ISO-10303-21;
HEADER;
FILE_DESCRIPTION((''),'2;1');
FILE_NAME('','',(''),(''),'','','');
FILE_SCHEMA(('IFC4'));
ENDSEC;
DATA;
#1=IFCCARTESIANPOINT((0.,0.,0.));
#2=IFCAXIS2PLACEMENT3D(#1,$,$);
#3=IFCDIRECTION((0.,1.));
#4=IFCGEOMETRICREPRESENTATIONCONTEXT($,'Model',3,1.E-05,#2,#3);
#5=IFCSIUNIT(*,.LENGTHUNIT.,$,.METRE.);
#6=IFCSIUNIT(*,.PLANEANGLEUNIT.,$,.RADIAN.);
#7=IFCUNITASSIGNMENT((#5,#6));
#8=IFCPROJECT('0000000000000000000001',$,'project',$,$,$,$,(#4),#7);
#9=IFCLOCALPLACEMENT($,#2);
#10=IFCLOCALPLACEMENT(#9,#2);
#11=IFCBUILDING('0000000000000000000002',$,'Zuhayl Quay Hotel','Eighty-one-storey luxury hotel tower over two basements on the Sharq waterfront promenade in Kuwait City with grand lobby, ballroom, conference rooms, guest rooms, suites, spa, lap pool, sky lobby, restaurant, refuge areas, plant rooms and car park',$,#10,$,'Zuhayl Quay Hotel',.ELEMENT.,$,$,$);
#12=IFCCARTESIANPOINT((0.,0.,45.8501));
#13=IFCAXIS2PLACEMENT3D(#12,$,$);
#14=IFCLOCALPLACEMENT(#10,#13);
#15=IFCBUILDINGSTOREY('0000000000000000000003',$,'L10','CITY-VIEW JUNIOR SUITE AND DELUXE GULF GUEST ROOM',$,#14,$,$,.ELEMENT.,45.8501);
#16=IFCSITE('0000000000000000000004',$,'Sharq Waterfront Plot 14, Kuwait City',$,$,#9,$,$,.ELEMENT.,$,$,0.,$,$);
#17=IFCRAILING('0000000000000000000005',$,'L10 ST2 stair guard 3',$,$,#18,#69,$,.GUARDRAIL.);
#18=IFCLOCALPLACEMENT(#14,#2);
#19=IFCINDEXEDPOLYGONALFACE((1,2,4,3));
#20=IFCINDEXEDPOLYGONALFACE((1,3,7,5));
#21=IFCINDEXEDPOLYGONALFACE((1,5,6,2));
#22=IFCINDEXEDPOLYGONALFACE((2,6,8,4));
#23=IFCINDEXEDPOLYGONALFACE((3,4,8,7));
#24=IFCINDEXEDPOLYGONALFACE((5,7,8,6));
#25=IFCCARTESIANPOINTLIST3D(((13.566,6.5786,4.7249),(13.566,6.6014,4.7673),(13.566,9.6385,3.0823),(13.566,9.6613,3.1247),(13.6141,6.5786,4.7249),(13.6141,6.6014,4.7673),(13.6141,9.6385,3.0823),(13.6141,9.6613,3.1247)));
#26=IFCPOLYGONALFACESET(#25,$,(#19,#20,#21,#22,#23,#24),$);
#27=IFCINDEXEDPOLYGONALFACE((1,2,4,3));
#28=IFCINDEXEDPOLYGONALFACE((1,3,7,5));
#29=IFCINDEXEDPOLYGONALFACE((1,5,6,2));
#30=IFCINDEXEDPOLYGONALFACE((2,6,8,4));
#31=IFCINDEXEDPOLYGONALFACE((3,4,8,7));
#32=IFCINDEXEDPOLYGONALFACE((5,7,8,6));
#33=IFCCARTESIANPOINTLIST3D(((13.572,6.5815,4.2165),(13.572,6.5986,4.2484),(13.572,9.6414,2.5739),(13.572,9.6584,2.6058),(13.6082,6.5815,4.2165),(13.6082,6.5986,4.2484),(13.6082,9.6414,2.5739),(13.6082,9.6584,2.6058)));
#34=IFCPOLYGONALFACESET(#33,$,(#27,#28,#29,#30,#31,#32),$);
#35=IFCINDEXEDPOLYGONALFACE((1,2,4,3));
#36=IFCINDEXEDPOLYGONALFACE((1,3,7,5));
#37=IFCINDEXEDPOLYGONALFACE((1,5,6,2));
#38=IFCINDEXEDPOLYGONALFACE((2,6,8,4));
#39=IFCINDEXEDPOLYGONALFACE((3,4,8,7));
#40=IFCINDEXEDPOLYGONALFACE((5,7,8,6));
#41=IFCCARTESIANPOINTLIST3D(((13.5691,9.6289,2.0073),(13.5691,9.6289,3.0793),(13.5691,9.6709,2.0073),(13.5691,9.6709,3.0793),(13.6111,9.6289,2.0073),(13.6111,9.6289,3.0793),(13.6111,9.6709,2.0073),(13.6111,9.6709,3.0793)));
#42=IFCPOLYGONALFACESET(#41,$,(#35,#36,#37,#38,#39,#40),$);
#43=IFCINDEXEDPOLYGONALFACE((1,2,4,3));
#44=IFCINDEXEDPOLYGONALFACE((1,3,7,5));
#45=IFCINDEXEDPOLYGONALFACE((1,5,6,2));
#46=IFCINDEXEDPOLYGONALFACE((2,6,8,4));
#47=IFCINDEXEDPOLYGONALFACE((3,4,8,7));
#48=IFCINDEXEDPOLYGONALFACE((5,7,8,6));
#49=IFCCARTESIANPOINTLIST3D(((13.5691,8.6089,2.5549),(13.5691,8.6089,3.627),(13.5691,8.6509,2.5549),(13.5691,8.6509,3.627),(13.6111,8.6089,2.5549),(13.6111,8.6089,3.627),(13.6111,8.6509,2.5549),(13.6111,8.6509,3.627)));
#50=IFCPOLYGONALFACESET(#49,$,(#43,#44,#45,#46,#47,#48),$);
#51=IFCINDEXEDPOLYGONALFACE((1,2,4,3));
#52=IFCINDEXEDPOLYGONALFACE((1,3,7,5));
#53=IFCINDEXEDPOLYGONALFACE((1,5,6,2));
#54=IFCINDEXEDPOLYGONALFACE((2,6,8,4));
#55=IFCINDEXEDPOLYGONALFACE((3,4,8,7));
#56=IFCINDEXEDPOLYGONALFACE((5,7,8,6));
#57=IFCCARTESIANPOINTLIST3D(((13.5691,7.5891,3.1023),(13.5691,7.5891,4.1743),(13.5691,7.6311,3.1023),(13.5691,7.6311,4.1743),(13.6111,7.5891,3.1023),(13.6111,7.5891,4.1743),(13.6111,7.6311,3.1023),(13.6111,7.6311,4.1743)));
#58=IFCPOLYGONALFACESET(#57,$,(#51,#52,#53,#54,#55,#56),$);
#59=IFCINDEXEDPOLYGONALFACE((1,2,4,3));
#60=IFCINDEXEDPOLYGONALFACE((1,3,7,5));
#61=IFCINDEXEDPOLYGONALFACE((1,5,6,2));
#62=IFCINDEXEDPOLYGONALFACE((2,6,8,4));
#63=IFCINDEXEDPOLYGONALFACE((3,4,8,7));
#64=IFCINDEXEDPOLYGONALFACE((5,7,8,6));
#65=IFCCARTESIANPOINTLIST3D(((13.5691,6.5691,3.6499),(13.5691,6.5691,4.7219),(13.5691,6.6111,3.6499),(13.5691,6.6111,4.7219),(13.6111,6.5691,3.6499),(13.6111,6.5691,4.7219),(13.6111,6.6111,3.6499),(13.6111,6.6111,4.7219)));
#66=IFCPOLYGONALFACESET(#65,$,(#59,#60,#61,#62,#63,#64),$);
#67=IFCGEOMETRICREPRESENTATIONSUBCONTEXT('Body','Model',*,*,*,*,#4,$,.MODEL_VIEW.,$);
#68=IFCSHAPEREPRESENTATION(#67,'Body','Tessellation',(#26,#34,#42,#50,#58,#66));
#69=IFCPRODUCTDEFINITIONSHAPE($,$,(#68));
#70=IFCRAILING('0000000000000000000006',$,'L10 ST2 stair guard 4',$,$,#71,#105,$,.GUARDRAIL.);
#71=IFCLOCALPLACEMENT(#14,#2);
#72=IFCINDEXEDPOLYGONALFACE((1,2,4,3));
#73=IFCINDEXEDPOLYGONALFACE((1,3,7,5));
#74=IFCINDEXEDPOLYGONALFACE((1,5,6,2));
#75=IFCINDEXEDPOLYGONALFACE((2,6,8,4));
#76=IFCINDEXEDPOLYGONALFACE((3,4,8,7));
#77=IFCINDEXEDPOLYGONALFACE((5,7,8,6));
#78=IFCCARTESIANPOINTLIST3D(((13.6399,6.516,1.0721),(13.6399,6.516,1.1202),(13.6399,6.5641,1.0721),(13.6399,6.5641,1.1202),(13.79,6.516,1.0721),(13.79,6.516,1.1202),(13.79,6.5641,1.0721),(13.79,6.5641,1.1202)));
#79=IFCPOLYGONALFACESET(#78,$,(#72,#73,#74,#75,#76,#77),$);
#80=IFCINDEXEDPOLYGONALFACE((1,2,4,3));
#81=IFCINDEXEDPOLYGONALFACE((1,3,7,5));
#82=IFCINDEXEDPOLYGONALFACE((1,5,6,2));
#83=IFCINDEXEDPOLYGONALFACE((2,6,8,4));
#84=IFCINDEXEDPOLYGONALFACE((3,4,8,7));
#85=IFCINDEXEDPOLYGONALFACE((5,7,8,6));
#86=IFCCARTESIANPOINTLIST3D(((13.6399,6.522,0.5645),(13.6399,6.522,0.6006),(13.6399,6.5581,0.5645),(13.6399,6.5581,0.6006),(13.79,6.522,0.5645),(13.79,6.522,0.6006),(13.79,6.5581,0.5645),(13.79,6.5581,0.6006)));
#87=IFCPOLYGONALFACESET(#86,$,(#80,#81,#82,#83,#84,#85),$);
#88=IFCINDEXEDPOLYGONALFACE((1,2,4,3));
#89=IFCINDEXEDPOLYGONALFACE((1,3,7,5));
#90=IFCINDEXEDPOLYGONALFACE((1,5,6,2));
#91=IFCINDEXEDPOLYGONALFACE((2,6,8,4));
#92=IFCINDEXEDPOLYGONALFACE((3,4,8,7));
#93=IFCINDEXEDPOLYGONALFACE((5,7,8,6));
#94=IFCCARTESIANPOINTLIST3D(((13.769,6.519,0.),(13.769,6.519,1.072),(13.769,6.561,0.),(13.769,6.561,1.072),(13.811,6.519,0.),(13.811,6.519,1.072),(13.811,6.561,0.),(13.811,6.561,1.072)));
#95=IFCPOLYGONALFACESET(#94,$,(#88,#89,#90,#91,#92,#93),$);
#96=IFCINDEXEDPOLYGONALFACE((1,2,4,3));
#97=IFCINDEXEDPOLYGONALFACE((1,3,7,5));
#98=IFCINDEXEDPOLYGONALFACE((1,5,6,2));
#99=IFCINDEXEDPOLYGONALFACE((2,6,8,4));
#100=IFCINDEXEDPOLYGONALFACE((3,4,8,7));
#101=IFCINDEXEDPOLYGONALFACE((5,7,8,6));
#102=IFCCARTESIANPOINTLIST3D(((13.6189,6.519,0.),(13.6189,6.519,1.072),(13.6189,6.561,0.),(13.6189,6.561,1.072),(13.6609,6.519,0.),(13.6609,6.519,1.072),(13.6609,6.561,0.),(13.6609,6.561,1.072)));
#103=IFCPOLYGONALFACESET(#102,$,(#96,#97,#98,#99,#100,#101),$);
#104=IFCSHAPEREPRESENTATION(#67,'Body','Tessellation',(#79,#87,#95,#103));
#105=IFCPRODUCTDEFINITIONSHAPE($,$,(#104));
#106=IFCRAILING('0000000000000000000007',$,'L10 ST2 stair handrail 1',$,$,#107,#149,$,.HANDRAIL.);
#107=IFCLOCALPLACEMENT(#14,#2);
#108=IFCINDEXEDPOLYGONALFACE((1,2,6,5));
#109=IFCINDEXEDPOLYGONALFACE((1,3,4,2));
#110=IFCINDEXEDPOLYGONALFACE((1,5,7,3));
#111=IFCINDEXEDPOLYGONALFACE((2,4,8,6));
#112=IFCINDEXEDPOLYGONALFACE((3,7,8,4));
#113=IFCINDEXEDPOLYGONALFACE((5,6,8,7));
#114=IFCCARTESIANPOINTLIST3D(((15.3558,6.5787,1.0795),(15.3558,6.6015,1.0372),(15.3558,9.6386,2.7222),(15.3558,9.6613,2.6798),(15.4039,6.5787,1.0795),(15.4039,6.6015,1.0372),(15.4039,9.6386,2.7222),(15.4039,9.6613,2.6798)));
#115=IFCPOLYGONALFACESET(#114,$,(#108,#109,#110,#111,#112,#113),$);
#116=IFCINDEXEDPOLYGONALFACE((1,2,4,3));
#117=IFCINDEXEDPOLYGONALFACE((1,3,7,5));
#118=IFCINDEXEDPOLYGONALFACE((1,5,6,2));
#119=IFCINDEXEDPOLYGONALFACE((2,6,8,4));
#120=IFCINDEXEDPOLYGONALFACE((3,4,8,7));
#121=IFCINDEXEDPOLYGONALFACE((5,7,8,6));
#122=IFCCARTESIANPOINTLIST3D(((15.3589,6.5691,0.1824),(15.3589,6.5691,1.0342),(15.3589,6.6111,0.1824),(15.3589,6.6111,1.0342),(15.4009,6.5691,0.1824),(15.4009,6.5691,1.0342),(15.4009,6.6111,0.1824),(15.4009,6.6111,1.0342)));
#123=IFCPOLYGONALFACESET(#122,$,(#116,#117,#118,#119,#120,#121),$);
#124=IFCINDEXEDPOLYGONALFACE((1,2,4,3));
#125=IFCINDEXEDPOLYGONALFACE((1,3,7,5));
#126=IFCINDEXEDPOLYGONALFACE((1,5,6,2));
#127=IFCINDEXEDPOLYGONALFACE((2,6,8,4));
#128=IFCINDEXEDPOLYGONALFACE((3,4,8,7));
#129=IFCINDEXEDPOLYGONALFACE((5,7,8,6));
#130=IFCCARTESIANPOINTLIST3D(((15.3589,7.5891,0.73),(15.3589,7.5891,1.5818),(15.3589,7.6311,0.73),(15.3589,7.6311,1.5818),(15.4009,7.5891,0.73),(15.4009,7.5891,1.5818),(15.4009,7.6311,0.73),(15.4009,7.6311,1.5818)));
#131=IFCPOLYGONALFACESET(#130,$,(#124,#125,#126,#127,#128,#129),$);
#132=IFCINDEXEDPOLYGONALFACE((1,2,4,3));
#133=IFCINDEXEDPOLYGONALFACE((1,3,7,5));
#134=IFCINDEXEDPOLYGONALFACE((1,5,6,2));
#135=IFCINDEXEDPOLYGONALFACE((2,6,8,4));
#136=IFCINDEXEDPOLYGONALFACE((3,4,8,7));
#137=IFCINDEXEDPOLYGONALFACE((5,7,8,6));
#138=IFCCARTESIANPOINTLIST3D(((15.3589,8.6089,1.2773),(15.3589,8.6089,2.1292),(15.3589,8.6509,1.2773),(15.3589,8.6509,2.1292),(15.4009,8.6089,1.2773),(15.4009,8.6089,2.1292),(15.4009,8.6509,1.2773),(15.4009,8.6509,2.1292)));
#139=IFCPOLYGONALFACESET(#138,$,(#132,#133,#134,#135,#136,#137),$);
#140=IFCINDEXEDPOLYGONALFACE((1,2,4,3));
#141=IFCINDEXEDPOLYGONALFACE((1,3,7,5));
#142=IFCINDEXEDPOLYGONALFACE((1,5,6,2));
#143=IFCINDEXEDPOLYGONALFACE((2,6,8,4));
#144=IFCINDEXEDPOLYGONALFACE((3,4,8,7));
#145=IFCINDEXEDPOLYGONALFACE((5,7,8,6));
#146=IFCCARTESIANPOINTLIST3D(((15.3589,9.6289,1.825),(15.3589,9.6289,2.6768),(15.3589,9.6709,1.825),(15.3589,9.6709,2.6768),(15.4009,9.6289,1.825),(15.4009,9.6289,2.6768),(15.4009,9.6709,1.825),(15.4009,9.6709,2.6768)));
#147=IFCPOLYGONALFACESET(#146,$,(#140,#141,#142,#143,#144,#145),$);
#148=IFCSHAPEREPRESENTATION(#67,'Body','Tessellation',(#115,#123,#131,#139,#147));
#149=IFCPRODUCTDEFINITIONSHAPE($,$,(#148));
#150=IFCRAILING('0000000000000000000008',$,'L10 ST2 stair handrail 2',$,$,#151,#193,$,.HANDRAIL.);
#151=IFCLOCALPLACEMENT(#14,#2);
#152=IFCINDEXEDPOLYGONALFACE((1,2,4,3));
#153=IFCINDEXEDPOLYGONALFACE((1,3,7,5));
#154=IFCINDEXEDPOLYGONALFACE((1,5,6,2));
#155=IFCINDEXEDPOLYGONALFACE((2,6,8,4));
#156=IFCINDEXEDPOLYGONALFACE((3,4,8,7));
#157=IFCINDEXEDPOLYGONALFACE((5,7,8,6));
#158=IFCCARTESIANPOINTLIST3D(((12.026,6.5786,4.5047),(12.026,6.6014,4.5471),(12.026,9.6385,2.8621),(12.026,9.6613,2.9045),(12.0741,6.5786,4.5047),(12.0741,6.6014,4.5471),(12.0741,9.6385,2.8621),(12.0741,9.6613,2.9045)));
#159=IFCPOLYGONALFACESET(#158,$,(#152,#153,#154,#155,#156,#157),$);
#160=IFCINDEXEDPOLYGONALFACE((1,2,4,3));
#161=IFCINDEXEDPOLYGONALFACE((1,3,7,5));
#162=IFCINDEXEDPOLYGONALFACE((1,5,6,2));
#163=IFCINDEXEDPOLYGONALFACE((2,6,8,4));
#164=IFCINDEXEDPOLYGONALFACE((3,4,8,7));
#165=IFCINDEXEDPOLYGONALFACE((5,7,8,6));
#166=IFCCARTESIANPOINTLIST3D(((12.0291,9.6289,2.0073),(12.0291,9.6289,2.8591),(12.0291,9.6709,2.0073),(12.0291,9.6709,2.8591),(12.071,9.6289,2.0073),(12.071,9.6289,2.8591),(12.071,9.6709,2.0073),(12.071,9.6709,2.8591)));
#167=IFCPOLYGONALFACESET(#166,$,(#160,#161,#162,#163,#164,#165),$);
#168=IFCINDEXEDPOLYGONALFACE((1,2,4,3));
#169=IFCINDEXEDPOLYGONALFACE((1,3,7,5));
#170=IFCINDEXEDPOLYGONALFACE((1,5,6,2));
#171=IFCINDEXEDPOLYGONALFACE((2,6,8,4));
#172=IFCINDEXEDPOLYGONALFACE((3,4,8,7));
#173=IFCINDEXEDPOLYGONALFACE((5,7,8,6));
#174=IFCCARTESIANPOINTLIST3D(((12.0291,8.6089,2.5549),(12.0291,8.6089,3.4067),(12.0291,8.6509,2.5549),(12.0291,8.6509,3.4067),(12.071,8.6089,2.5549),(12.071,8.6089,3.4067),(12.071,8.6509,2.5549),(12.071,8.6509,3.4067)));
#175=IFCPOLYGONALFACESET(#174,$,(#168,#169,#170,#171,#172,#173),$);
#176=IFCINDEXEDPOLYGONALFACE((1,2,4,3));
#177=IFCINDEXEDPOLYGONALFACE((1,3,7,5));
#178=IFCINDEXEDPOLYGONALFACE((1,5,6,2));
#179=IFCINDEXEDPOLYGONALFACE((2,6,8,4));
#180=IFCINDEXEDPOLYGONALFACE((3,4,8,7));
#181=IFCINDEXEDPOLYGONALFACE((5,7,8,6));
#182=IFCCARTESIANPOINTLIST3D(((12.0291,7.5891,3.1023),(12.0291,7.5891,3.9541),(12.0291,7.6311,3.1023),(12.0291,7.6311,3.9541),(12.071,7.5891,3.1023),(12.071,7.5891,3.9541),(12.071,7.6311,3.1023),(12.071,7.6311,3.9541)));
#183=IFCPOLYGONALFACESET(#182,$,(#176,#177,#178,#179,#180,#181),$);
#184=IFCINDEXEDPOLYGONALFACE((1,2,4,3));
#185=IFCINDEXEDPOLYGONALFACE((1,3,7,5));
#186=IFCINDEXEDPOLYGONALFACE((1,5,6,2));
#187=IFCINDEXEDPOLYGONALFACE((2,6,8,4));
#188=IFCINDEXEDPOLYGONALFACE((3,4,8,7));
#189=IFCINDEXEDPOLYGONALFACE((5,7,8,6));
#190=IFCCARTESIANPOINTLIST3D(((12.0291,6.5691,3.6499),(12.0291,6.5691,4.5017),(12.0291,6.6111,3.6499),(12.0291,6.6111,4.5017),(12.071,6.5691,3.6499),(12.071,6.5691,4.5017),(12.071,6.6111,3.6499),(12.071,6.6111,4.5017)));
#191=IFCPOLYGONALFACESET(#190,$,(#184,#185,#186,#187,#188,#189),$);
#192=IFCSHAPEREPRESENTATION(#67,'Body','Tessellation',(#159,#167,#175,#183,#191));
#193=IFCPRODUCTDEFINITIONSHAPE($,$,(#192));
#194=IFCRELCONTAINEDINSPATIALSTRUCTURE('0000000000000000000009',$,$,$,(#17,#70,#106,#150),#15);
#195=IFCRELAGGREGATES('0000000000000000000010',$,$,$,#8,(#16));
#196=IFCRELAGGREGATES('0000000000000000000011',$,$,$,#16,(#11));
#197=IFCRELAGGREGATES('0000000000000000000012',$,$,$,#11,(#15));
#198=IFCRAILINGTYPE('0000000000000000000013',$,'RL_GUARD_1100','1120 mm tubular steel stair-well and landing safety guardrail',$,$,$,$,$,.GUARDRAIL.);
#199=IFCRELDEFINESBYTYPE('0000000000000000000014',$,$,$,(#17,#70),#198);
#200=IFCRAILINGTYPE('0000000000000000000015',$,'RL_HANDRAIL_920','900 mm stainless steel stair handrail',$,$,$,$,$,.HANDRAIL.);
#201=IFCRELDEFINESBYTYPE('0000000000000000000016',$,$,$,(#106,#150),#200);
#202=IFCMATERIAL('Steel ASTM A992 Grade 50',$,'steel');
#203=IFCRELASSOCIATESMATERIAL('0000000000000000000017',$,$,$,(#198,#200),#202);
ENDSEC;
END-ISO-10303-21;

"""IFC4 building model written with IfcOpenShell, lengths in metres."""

from ifc_helpers import new_model, si_unit, direction, frame, origin, origin_2d, place, context, subcontext, project, spatial, rectangle, extrude, material, type_object, element, save


model = new_model("IFC4")

# Units and contexts
model_context = context("Model", 3, precision=1e-05, world=origin(), true_north=direction((0.0, 1.0)))
body_context = subcontext(model_context, "Body", "Model", "MODEL_VIEW")
ifc_project = project(units=[si_unit("LENGTHUNIT", "METRE"), si_unit("PLANEANGLEUNIT", "RADIAN")], contexts=[model_context])

# Site, building, storey
site_placement = place(None, origin())
site = spatial("IfcSite", under=ifc_project, at=site_placement, Name="Sharq Waterfront Plot 14, Kuwait City", CompositionType="ELEMENT", RefElevation=0.0)
building_placement = place(site_placement, origin())
building = spatial("IfcBuilding", under=site, at=building_placement, Name="Zuhayl Quay Hotel", Description="Eighty-one-storey luxury hotel tower over two basements on the Sharq waterfront promenade in Kuwait City with grand lobby, ballroom, conference rooms, guest rooms, suites, spa, lap pool, sky lobby, restaurant, refuge areas, plant rooms and car park", LongName="Zuhayl Quay Hotel", CompositionType="ELEMENT")
storey_placement = place(building_placement, frame((0.0, 0.0, 45.8501)))
storey = spatial("IfcBuildingStorey", under=building, at=storey_placement, Name="L10", Description="CITY-VIEW JUNIOR SUITE AND DELUXE GULF GUEST ROOM", CompositionType="ELEMENT", Elevation=45.8501)

# Shared definitions
ifc_material_1 = material(Name="Steel ASTM A992 Grade 50", Category="steel")

# Railings
railing_type_1 = type_object("IfcRailingType", Name="RL_GUARD_1100", Description="1120 mm tubular steel stair-well and landing safety guardrail", PredefinedType="GUARDRAIL", material=ifc_material_1)
railing_1_placement = place(storey_placement, frame((13.5901, 9.6499, 2.0073)))
element("IfcRailing", 1, at=railing_1_placement, inside=storey, type_object=railing_type_1, Name="L10 ST2 stair guard 3", PredefinedType="GUARDRAIL", context=body_context, shape_type="SweptSolid", body=[
    extrude(rectangle(XDim=0.0481, YDim=0.0481, at=origin_2d()), frame((0.0, 0.0, 1.0962), z_axis=(0.0, -0.881073, 0.47298), x_axis=(1.0, 0.0, 0.0)), (0.0, 0.0, 1.0), 3.4729),
    extrude(rectangle(XDim=0.0361, YDim=0.0361, at=origin_2d()), frame((0.0, 0.0, 0.5825), z_axis=(0.0, -0.881073, 0.47298), x_axis=(1.0, 0.0, 0.0)), (0.0, 0.0, 1.0), 3.4729),
    extrude(rectangle(XDim=0.042, YDim=0.042, at=origin_2d()), origin(), (0.0, 0.0, 1.0), 1.072),
    extrude(rectangle(XDim=0.042, YDim=0.042, at=origin_2d()), frame((0.0, -1.02, 0.5476)), (0.0, 0.0, 1.0), 1.072),
    extrude(rectangle(XDim=0.042, YDim=0.042, at=origin_2d()), frame((0.0, -2.0398, 1.095)), (0.0, 0.0, 1.0), 1.072),
    extrude(rectangle(XDim=0.042, YDim=0.042, at=origin_2d()), frame((0.0, -3.0598, 1.6426)), (0.0, 0.0, 1.0), 1.072),
])
railing_2_placement = place(storey_placement, frame((13.79, 6.54, 0.0)))
element("IfcRailing", 2, at=railing_2_placement, inside=storey, type_object=railing_type_1, Name="L10 ST2 stair guard 4", PredefinedType="GUARDRAIL", context=body_context, shape_type="SweptSolid", body=[
    extrude(rectangle(XDim=0.0481, YDim=0.0481, at=origin_2d()), frame((0.0, 0.0, 1.0962), z_axis=(-1.0, 0.0, 0.0), x_axis=(0.0, -1.0, 0.0)), (0.0, 0.0, 1.0), 0.1501),
    extrude(rectangle(XDim=0.0361, YDim=0.0361, at=origin_2d()), frame((0.0, 0.0, 0.5825), z_axis=(-1.0, 0.0, 0.0), x_axis=(0.0, -1.0, 0.0)), (0.0, 0.0, 1.0), 0.1501),
    extrude(rectangle(XDim=0.042, YDim=0.042, at=origin_2d()), origin(), (0.0, 0.0, 1.0), 1.072),
    extrude(rectangle(XDim=0.042, YDim=0.042, at=origin_2d()), frame((-0.1501, 0.0, 0.0)), (0.0, 0.0, 1.0), 1.072),
])
railing_type_2 = type_object("IfcRailingType", Name="RL_HANDRAIL_920", Description="900 mm stainless steel stair handrail", PredefinedType="HANDRAIL", material=ifc_material_1)
railing_3_placement = place(storey_placement, frame((15.3799, 6.5901, 0.1824)))
element("IfcRailing", 3, at=railing_3_placement, inside=storey, type_object=railing_type_2, Name="L10 ST2 stair handrail 1", PredefinedType="HANDRAIL", context=body_context, shape_type="SweptSolid", body=[
    extrude(rectangle(XDim=0.0481, YDim=0.0481, at=origin_2d()), frame((0.0, 0.0, 0.876), z_axis=(0.0, 0.881073, 0.47298), x_axis=(-1.0, 0.0, 0.0)), (0.0, 0.0, 1.0), 3.4729),
    extrude(rectangle(XDim=0.042, YDim=0.042, at=origin_2d()), origin(), (0.0, 0.0, 1.0), 0.8518),
    extrude(rectangle(XDim=0.042, YDim=0.042, at=origin_2d()), frame((0.0, 1.02, 0.5476)), (0.0, 0.0, 1.0), 0.8518),
    extrude(rectangle(XDim=0.042, YDim=0.042, at=origin_2d()), frame((0.0, 2.0398, 1.095)), (0.0, 0.0, 1.0), 0.8518),
    extrude(rectangle(XDim=0.042, YDim=0.042, at=origin_2d()), frame((0.0, 3.0598, 1.6426)), (0.0, 0.0, 1.0), 0.8518),
])
railing_4_placement = place(storey_placement, frame((12.05, 9.6499, 2.0073)))
element("IfcRailing", 4, at=railing_4_placement, inside=storey, type_object=railing_type_2, Name="L10 ST2 stair handrail 2", PredefinedType="HANDRAIL", context=body_context, shape_type="SweptSolid", body=[
    extrude(rectangle(XDim=0.0481, YDim=0.0481, at=origin_2d()), frame((0.0, 0.0, 0.876), z_axis=(0.0, -0.881073, 0.47298), x_axis=(1.0, 0.0, 0.0)), (0.0, 0.0, 1.0), 3.4729),
    extrude(rectangle(XDim=0.042, YDim=0.042, at=origin_2d()), origin(), (0.0, 0.0, 1.0), 0.8518),
    extrude(rectangle(XDim=0.042, YDim=0.042, at=origin_2d()), frame((0.0, -1.02, 0.5476)), (0.0, 0.0, 1.0), 0.8518),
    extrude(rectangle(XDim=0.042, YDim=0.042, at=origin_2d()), frame((0.0, -2.0398, 1.095)), (0.0, 0.0, 1.0), 0.8518),
    extrude(rectangle(XDim=0.042, YDim=0.042, at=origin_2d()), frame((0.0, -3.0598, 1.6426)), (0.0, 0.0, 1.0), 0.8518),
])

save(model, "model.ifc")
